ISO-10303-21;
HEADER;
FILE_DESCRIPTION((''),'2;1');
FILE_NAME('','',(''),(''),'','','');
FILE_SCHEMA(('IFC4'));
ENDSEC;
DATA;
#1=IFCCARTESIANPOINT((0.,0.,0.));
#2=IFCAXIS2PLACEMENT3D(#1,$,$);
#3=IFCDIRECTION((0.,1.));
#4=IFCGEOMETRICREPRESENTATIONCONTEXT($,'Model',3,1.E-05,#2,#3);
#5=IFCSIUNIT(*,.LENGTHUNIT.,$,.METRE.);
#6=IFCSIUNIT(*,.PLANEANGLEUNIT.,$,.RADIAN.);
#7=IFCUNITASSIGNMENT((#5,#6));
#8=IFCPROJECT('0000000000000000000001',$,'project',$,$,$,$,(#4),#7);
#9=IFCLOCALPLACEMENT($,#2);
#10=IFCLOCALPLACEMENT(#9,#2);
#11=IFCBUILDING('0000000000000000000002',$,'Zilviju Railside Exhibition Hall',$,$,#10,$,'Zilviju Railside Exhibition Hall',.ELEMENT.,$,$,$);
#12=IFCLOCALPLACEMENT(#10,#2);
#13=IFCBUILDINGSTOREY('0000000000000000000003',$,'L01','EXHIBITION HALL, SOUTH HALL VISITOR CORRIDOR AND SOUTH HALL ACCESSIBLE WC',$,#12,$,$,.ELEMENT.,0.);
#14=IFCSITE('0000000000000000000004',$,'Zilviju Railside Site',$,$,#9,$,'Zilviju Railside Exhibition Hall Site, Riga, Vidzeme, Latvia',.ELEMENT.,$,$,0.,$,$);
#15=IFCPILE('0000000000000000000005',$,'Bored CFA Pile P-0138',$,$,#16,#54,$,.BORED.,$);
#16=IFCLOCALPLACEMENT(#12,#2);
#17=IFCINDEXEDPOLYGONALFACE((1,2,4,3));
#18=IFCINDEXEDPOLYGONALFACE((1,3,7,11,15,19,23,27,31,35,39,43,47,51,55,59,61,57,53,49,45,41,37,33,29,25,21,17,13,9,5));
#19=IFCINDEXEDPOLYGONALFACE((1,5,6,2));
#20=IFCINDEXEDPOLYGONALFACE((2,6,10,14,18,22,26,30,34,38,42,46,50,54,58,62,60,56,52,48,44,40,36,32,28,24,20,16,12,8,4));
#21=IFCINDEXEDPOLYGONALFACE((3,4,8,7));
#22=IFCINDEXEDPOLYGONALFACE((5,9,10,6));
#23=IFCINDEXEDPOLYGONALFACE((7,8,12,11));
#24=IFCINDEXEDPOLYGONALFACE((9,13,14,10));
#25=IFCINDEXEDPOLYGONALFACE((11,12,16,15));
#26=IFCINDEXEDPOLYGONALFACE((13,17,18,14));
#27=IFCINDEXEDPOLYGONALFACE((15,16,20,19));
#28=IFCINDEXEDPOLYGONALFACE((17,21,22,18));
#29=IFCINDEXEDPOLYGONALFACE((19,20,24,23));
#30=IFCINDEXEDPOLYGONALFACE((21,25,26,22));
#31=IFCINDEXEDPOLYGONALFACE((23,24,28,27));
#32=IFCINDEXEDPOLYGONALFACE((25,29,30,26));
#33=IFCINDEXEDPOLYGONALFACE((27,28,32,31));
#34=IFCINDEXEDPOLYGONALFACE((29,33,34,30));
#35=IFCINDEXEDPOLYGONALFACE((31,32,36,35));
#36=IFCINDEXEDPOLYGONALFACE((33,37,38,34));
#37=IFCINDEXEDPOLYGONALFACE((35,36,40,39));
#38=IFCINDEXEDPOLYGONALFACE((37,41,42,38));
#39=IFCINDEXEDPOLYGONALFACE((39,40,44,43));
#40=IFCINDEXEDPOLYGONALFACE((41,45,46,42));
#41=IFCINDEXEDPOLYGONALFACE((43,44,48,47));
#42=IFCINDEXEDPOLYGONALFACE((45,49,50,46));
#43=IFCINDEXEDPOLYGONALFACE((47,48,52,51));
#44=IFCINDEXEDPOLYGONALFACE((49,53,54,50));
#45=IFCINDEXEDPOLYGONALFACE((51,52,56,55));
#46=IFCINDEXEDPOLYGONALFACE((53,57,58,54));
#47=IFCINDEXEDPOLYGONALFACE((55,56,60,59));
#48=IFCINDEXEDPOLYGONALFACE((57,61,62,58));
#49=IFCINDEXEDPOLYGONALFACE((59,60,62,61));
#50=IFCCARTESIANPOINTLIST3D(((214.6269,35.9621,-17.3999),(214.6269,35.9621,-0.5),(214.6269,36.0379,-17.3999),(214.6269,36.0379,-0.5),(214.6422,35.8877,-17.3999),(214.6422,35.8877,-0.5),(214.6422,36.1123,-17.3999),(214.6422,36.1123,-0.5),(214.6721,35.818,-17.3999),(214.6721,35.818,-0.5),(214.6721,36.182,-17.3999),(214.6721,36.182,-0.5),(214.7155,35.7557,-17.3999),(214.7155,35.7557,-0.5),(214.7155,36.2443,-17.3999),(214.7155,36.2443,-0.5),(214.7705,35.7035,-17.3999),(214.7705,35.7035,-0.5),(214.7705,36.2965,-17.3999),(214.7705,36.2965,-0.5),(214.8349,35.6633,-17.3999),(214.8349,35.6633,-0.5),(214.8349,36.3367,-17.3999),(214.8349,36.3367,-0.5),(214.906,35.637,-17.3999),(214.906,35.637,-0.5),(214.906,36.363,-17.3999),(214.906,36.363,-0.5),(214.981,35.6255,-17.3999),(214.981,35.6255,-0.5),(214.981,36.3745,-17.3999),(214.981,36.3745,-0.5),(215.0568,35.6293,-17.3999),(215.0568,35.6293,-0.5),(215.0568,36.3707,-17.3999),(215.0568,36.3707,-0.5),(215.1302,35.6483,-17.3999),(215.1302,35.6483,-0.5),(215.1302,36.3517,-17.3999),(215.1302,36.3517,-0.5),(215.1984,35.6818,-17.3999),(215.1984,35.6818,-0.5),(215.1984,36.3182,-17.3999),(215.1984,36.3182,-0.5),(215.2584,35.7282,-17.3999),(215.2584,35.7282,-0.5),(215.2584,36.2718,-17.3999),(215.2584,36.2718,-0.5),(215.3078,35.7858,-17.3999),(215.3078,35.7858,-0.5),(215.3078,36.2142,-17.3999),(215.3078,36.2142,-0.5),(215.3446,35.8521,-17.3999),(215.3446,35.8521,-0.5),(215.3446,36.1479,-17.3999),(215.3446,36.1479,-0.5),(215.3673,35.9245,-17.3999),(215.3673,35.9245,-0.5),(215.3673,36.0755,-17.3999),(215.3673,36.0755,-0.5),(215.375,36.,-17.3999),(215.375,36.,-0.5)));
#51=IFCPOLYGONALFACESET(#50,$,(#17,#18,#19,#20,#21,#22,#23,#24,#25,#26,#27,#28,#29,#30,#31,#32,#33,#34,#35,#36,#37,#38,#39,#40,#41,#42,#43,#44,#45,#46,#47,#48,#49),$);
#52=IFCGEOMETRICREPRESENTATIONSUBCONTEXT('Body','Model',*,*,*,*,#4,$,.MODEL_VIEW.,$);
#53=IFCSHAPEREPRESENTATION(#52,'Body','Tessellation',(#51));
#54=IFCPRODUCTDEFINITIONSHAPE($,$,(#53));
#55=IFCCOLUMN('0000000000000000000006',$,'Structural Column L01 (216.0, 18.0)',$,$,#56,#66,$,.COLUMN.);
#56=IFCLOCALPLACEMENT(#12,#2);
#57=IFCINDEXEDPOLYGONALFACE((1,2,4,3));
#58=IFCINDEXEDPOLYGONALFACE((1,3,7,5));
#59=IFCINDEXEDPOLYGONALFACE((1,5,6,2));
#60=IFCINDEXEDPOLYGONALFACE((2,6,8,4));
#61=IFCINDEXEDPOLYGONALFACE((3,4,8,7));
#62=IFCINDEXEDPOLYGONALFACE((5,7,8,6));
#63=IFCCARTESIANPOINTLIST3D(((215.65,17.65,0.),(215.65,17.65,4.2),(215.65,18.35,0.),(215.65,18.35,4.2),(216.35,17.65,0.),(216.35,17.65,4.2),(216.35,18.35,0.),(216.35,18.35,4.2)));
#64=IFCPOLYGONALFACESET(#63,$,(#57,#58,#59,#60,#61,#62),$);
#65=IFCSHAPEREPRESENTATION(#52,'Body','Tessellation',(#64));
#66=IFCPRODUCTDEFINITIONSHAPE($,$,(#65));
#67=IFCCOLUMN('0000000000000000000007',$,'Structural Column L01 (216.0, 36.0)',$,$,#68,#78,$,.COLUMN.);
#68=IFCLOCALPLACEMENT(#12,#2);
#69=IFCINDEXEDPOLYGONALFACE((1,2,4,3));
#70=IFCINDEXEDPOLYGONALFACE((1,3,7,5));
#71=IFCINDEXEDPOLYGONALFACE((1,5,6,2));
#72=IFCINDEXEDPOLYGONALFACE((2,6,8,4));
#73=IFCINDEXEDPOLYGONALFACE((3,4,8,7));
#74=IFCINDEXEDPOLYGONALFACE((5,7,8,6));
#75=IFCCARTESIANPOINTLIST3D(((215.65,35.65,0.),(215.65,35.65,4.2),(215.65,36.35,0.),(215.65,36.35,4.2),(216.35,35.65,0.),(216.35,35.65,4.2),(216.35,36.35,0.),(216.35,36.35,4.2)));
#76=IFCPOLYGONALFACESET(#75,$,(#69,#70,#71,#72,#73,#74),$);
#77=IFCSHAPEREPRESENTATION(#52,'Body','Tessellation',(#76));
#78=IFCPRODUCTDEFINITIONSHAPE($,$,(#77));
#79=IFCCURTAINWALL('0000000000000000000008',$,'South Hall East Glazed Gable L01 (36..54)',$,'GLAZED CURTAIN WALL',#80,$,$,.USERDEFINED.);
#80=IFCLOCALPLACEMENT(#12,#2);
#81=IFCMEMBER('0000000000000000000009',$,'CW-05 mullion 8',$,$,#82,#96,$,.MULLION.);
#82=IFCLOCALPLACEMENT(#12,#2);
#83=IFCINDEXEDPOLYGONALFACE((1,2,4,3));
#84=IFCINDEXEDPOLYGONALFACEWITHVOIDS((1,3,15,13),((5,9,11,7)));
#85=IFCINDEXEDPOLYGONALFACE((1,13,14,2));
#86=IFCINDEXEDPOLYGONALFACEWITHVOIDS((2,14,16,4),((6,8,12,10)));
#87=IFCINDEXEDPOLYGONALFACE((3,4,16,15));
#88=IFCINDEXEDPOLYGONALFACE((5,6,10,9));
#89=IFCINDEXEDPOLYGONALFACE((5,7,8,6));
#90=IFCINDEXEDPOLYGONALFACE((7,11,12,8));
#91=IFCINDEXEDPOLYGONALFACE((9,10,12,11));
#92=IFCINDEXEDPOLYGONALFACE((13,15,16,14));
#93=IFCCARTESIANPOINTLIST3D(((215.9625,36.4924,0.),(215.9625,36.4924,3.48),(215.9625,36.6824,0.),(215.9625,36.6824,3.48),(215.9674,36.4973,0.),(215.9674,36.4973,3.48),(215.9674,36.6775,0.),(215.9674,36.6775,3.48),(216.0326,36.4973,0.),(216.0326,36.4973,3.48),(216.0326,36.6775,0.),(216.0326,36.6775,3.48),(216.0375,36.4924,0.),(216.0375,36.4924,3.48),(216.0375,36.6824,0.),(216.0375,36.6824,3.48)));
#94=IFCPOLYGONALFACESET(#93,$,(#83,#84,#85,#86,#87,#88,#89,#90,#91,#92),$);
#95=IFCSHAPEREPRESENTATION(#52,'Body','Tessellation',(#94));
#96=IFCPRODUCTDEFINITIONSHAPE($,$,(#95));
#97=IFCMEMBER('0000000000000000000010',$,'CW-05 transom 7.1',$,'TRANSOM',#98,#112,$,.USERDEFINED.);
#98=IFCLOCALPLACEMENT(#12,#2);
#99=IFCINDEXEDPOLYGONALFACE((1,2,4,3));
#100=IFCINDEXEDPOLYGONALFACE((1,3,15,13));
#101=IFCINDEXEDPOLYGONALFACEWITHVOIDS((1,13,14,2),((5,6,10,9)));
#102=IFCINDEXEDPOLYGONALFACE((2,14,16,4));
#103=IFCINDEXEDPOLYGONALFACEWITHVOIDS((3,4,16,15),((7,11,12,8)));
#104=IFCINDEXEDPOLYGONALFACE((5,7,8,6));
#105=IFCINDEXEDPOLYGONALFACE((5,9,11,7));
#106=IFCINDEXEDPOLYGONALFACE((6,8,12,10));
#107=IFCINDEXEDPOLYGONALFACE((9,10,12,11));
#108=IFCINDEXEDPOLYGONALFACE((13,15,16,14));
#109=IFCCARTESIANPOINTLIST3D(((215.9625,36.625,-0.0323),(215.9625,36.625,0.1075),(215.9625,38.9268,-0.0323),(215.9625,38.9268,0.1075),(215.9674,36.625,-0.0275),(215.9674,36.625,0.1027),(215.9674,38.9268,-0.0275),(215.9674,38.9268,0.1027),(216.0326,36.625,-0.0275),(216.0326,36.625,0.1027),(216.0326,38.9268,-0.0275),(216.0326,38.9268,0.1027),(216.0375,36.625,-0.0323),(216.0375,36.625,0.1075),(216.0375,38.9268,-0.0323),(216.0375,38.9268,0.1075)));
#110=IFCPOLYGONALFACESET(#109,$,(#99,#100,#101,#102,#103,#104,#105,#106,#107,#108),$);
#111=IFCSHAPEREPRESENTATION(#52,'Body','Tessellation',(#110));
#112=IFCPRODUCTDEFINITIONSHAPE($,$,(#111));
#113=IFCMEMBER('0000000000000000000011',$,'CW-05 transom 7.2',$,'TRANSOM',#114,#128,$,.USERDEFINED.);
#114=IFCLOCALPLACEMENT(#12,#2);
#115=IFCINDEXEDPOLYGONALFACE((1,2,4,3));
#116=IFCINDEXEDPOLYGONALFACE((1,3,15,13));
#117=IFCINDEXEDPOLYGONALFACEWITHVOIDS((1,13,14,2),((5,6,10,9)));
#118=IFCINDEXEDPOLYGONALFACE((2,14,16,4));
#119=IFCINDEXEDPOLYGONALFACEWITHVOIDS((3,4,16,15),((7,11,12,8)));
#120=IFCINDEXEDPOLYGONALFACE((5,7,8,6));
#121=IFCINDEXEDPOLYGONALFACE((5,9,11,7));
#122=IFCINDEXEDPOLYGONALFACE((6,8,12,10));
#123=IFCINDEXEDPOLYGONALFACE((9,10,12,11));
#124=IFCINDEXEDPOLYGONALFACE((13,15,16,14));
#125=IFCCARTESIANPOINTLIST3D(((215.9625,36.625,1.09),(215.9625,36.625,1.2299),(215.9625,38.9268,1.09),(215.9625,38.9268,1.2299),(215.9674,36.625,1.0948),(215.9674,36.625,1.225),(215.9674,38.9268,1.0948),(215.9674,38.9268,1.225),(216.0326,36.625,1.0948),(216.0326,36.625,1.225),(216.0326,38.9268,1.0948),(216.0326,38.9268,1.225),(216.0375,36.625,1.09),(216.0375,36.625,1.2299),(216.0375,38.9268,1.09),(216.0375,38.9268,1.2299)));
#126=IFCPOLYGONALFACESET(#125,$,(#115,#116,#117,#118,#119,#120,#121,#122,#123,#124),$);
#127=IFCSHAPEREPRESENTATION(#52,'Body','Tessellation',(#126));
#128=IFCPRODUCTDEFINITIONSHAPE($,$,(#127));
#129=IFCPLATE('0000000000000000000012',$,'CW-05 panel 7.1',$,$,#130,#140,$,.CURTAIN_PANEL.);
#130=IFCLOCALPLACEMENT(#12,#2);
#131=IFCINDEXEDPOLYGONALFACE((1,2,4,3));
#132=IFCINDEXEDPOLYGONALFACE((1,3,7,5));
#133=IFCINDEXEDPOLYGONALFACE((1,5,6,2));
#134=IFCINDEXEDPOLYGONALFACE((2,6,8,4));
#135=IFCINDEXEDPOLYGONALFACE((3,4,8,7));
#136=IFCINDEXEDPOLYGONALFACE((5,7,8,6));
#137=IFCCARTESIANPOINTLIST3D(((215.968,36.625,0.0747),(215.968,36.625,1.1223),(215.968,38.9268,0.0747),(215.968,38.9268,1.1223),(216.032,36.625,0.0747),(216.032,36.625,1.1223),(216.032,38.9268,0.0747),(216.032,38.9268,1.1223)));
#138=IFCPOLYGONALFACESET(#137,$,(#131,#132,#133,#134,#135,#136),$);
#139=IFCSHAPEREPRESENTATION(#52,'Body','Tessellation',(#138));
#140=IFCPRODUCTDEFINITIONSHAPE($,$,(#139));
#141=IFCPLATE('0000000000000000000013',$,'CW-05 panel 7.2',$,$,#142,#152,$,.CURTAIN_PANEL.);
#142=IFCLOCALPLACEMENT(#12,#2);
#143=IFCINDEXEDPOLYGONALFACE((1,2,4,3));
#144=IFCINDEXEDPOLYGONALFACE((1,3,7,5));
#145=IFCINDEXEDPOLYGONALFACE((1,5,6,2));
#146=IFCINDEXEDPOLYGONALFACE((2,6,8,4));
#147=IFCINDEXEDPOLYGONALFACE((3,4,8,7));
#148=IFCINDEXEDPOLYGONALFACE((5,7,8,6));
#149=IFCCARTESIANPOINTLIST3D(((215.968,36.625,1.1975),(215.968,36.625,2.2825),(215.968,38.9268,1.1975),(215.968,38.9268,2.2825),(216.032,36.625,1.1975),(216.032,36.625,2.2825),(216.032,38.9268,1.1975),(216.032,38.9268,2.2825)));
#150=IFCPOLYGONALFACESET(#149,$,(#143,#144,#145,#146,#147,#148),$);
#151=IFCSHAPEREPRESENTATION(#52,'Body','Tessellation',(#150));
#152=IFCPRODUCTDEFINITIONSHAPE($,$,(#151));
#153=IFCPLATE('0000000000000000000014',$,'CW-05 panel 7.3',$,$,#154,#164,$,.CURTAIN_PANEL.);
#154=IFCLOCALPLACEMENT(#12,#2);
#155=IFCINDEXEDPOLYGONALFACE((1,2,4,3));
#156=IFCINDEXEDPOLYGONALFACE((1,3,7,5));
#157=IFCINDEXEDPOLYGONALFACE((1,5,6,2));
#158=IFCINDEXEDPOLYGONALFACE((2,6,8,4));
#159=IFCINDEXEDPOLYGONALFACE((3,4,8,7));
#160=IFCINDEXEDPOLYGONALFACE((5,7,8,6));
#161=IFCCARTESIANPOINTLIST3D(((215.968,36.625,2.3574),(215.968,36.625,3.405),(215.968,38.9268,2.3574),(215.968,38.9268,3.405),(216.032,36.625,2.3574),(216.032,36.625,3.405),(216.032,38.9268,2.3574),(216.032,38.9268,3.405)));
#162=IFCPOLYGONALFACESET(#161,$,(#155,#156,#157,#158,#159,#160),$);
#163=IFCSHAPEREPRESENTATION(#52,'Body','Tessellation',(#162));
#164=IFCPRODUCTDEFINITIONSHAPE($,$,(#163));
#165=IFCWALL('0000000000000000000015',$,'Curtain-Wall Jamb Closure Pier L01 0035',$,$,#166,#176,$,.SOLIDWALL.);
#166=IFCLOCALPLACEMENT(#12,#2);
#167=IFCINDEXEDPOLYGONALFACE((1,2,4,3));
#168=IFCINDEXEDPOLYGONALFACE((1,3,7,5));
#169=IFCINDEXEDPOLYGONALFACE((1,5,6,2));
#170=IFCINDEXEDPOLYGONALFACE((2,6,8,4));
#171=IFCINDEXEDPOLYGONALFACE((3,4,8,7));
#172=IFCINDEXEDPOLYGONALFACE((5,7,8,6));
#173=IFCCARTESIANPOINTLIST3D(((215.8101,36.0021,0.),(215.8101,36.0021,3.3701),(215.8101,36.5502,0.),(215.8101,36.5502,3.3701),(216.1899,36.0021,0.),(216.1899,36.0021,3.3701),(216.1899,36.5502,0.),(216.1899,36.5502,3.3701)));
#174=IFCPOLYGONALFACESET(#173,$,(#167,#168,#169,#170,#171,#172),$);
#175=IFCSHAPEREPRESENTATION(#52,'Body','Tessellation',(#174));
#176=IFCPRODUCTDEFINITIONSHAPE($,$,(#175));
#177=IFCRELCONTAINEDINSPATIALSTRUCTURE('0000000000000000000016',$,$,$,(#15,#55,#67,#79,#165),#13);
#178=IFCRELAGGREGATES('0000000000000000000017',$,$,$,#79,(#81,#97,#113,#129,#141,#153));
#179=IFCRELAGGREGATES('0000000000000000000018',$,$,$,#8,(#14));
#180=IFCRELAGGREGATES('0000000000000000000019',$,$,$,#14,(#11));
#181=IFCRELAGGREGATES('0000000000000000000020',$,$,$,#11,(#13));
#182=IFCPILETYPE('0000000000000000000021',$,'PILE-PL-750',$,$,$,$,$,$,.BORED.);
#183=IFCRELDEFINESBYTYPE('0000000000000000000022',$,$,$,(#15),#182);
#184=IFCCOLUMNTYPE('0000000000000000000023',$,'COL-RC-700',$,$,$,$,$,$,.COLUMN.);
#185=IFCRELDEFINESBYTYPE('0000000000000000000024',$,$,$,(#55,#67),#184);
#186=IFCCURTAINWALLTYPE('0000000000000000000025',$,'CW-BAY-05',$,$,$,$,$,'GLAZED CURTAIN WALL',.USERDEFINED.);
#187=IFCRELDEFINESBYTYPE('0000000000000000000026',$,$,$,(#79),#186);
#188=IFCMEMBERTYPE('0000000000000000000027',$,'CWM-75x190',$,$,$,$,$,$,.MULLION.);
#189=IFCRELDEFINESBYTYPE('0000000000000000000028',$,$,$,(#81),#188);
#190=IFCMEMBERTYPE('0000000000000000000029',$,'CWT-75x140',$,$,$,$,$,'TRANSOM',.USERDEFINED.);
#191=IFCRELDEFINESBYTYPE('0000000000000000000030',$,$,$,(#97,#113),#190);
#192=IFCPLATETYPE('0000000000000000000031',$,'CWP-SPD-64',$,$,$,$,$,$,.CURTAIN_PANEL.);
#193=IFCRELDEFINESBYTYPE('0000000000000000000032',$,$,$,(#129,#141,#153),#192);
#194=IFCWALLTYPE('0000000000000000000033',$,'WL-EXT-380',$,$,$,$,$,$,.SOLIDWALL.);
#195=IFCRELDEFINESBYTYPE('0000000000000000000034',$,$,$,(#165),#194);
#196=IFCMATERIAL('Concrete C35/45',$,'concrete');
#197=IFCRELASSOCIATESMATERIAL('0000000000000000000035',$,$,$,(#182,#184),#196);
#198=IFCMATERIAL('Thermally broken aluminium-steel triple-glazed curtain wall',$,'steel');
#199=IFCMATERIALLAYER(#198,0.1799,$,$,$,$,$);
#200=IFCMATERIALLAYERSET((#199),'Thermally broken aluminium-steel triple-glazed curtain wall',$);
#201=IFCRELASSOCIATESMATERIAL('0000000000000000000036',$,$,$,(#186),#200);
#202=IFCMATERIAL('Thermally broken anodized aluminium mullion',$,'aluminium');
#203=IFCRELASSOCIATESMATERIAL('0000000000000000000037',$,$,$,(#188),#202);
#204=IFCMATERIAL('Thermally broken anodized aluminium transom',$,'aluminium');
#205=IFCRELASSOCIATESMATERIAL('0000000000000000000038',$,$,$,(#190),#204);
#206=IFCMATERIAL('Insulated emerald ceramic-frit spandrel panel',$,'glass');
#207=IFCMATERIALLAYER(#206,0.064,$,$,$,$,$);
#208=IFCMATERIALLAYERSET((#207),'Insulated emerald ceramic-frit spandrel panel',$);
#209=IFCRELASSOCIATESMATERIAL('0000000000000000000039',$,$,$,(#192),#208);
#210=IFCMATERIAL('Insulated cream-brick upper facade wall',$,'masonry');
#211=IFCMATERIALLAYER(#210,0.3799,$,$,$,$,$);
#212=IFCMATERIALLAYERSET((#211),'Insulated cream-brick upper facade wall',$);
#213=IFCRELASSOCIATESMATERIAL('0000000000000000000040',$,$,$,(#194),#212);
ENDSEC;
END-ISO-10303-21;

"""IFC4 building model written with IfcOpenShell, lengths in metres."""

from ifc_helpers import new_model, si_unit, direction, frame, frame_2d, origin, origin_2d, place, context, subcontext, project, spatial, rectangle, hollow_rectangle, circle, extrude, material, layer, layer_set, material_profile, profile_set, type_object, element, aggregate, save


model = new_model("IFC4")

# Units and contexts
model_context = context("Model", 3, precision=1e-05, world=origin(), true_north=direction((0.0, 1.0)))
body_context = subcontext(model_context, "Body", "Model", "MODEL_VIEW")
ifc_project = project(units=[si_unit("LENGTHUNIT", "METRE"), si_unit("PLANEANGLEUNIT", "RADIAN")], contexts=[model_context])

# Site, building, storey
site_placement = place(None, origin())
site = spatial("IfcSite", under=ifc_project, at=site_placement, Name="Zilviju Railside Site", LongName="Zilviju Railside Exhibition Hall Site, Riga, Vidzeme, Latvia", CompositionType="ELEMENT", RefElevation=0.0)
building_placement = place(site_placement, origin())
building = spatial("IfcBuilding", under=site, at=building_placement, Name="Zilviju Railside Exhibition Hall", LongName="Zilviju Railside Exhibition Hall", CompositionType="ELEMENT")
storey_placement = place(building_placement, origin())
storey = spatial("IfcBuildingStorey", under=building, at=storey_placement, Name="L01", Description="EXHIBITION HALL, SOUTH HALL VISITOR CORRIDOR AND SOUTH HALL ACCESSIBLE WC", CompositionType="ELEMENT", Elevation=0.0)

# Shared definitions
ifc_material_1 = material(Name="Concrete C35/45", Category="concrete")

# Pile
ifc_material_profile_1 = material_profile(ifc_material_1, circle(Radius=0.375, at=origin_2d()), Name="CFA PILE D750")
ifc_profile_set_1 = profile_set([ifc_material_profile_1], Name="Concrete C35/45")
pile_type = type_object("IfcPileType", Name="PILE-PL-750", PredefinedType="BORED", material=ifc_profile_set_1)
for number, where, z_axis, x_axis, name in (
    (1, (215.0, 36.0, -0.5), (0.0, 0.0, -1.0), (1.0, 0.0, 0.0), "Bored CFA Pile P-0138"),
):
    element("IfcPile", number, at=place(storey_placement, frame(where, z_axis=z_axis, x_axis=x_axis)), inside=storey, type_object=pile_type, Name=name, PredefinedType="BORED", context=body_context, shape_type="SweptSolid", body=[
        extrude(circle(Radius=0.375, at=origin_2d()), origin(), (0.0, 0.0, 1.0), 16.8999),
    ])

# Columns
ifc_material_profile_2 = material_profile(ifc_material_1, rectangle(XDim=0.7, YDim=0.7, at=origin_2d()), Name="RC COL 700x700")
ifc_profile_set_2 = profile_set([ifc_material_profile_2], Name="Concrete C35/45")
column_type = type_object("IfcColumnType", Name="COL-RC-700", PredefinedType="COLUMN", material=ifc_profile_set_2)
for number, where, z_axis, x_axis, name in (
    (2, (216.0, 18.0, 0.0), (0.0, 0.0, 1.0), (1.0, 0.0, 0.0), "Structural Column L01 (216.0, 18.0)"),
    (3, (216.0, 36.0, 0.0), (0.0, 0.0, 1.0), (1.0, 0.0, 0.0), "Structural Column L01 (216.0, 36.0)"),
):
    element("IfcColumn", number, at=place(storey_placement, frame(where, z_axis=z_axis, x_axis=x_axis)), inside=storey, type_object=column_type, Name=name, PredefinedType="COLUMN", context=body_context, shape_type="SweptSolid", body=[
        extrude(rectangle(XDim=0.7, YDim=0.7, at=origin_2d()), origin(), (0.0, 0.0, 1.0), 4.2),
    ])

# Curtain wall, members, plates
ifc_material_2 = material(Name="Thermally broken aluminium-steel triple-glazed curtain wall", Category="steel")
ifc_layer_1 = layer(ifc_material_2, 0.1799)
ifc_layer_set_1 = layer_set([ifc_layer_1], Name="Thermally broken aluminium-steel triple-glazed curtain wall")
curtain_wall_type = type_object("IfcCurtainWallType", Name="CW-BAY-05", ElementType="GLAZED CURTAIN WALL", PredefinedType="USERDEFINED", material=ifc_layer_set_1)
curtain_wall_placement = place(storey_placement, origin())
curtain_wall = element("IfcCurtainWall", 4, at=curtain_wall_placement, inside=storey, type_object=curtain_wall_type, Name="South Hall East Glazed Gable L01 (36..54)", ObjectType="GLAZED CURTAIN WALL", PredefinedType="USERDEFINED")
ifc_material_3 = material(Name="Thermally broken anodized aluminium mullion", Category="aluminium")
ifc_material_profile_3 = material_profile(ifc_material_3, hollow_rectangle(XDim=0.075, YDim=0.1899, WallThickness=0.0049, at=origin_2d()), Name="MULLION 190x75x5")
ifc_profile_set_3 = profile_set([ifc_material_profile_3], Name="Thermally broken anodized aluminium mullion")
member_type_1 = type_object("IfcMemberType", Name="CWM-75x190", PredefinedType="MULLION", material=ifc_profile_set_3)
member_1_placement = place(storey_placement, frame((216.0, 36.5874, 0.0), z_axis=(0.0, 0.0, 1.0), x_axis=(1.0, 0.0, 0.0)))
member_1 = element("IfcMember", 5, at=member_1_placement, type_object=member_type_1, Name="CW-05 mullion 8", PredefinedType="MULLION", context=body_context, shape_type="SweptSolid", body=[
    extrude(hollow_rectangle(XDim=0.075, YDim=0.1899, WallThickness=0.0049, at=origin_2d()), origin(), (0.0, 0.0, 1.0), 3.48),
])
ifc_material_4 = material(Name="Thermally broken anodized aluminium transom", Category="aluminium")
ifc_material_profile_4 = material_profile(ifc_material_4, hollow_rectangle(XDim=0.075, YDim=0.1399, WallThickness=0.0049, at=origin_2d()), Name="TRANSOM 140x75x5")
ifc_profile_set_4 = profile_set([ifc_material_profile_4], Name="Thermally broken anodized aluminium transom")
member_type_2 = type_object("IfcMemberType", Name="CWT-75x140", ElementType="TRANSOM", PredefinedType="USERDEFINED", material=ifc_profile_set_4)
member_2_placement = place(storey_placement, frame((216.0, 38.9268, 0.0376), z_axis=(0.0, -1.0, 0.0), x_axis=(1.0, 0.0, 0.0)))
member_2 = element("IfcMember", 6, at=member_2_placement, type_object=member_type_2, Name="CW-05 transom 7.1", ObjectType="TRANSOM", PredefinedType="USERDEFINED", context=body_context, shape_type="SweptSolid", body=[
    extrude(hollow_rectangle(XDim=0.075, YDim=0.1399, WallThickness=0.0049, at=origin_2d()), origin(), (0.0, 0.0, 1.0), 2.3018),
])
member_3_placement = place(storey_placement, frame((216.0, 38.9268, 1.1599), z_axis=(0.0, -1.0, 0.0), x_axis=(1.0, 0.0, 0.0)))
member_3 = element("IfcMember", 7, at=member_3_placement, type_object=member_type_2, Name="CW-05 transom 7.2", ObjectType="TRANSOM", PredefinedType="USERDEFINED", context=body_context, shape_type="SweptSolid", body=[
    extrude(hollow_rectangle(XDim=0.075, YDim=0.1399, WallThickness=0.0049, at=origin_2d()), origin(), (0.0, 0.0, 1.0), 2.3018),
])
ifc_material_5 = material(Name="Insulated emerald ceramic-frit spandrel panel", Category="glass")
ifc_layer_2 = layer(ifc_material_5, 0.064)
ifc_layer_set_2 = layer_set([ifc_layer_2], Name="Insulated emerald ceramic-frit spandrel panel")
plate_type = type_object("IfcPlateType", Name="CWP-SPD-64", PredefinedType="CURTAIN_PANEL", material=ifc_layer_set_2)
plate_1_placement = place(storey_placement, frame((216.0, 37.7759, 0.0747), z_axis=(0.0, 0.0, 1.0), x_axis=(0.0, -1.0, 0.0)))
plate_1 = element("IfcPlate", 8, at=plate_1_placement, type_object=plate_type, Name="CW-05 panel 7.1", PredefinedType="CURTAIN_PANEL", context=body_context, shape_type="SweptSolid", body=[
    extrude(rectangle(XDim=2.3018, YDim=0.064, at=origin_2d()), origin(), (0.0, 0.0, 1.0), 1.0476),
])
plate_2_placement = place(storey_placement, frame((216.0, 37.7759, 1.1975), z_axis=(0.0, 0.0, 1.0), x_axis=(0.0, -1.0, 0.0)))
plate_2 = element("IfcPlate", 9, at=plate_2_placement, type_object=plate_type, Name="CW-05 panel 7.2", PredefinedType="CURTAIN_PANEL", context=body_context, shape_type="SweptSolid", body=[
    extrude(rectangle(XDim=2.3018, YDim=0.064, at=origin_2d()), origin(), (0.0, 0.0, 1.0), 1.085),
])
plate_3_placement = place(storey_placement, frame((216.0, 37.7759, 2.3574), z_axis=(0.0, 0.0, 1.0), x_axis=(0.0, -1.0, 0.0)))
plate_3 = element("IfcPlate", 10, at=plate_3_placement, type_object=plate_type, Name="CW-05 panel 7.3", PredefinedType="CURTAIN_PANEL", context=body_context, shape_type="SweptSolid", body=[
    extrude(rectangle(XDim=2.3018, YDim=0.064, at=origin_2d()), origin(), (0.0, 0.0, 1.0), 1.0476),
])
aggregate(curtain_wall, [member_1, member_2, member_3, plate_1, plate_2, plate_3])

# Wall
ifc_material_6 = material(Name="Insulated cream-brick upper facade wall", Category="masonry")
ifc_layer_3 = layer(ifc_material_6, 0.3799)
ifc_layer_set_3 = layer_set([ifc_layer_3], Name="Insulated cream-brick upper facade wall")
wall_type_1 = type_object("IfcWallType", Name="WL-EXT-380", PredefinedType="SOLIDWALL", material=ifc_layer_set_3)
wall_1_placement = place(storey_placement, frame((216.0, 36.55, 0.0), z_axis=(0.0, 0.0, 1.0), x_axis=(0.0, -1.0, 0.0)))
element("IfcWall", 11, at=wall_1_placement, inside=storey, type_object=wall_type_1, Name="Curtain-Wall Jamb Closure Pier L01 0035", PredefinedType="SOLIDWALL", context=body_context, shape_type="SweptSolid", body=[
    extrude(rectangle(XDim=0.5481, YDim=0.3799, at=frame_2d((0.2739, 0.0))), origin(), (0.0, 0.0, 1.0), 3.3701),
])

save(model, "model.ifc")
